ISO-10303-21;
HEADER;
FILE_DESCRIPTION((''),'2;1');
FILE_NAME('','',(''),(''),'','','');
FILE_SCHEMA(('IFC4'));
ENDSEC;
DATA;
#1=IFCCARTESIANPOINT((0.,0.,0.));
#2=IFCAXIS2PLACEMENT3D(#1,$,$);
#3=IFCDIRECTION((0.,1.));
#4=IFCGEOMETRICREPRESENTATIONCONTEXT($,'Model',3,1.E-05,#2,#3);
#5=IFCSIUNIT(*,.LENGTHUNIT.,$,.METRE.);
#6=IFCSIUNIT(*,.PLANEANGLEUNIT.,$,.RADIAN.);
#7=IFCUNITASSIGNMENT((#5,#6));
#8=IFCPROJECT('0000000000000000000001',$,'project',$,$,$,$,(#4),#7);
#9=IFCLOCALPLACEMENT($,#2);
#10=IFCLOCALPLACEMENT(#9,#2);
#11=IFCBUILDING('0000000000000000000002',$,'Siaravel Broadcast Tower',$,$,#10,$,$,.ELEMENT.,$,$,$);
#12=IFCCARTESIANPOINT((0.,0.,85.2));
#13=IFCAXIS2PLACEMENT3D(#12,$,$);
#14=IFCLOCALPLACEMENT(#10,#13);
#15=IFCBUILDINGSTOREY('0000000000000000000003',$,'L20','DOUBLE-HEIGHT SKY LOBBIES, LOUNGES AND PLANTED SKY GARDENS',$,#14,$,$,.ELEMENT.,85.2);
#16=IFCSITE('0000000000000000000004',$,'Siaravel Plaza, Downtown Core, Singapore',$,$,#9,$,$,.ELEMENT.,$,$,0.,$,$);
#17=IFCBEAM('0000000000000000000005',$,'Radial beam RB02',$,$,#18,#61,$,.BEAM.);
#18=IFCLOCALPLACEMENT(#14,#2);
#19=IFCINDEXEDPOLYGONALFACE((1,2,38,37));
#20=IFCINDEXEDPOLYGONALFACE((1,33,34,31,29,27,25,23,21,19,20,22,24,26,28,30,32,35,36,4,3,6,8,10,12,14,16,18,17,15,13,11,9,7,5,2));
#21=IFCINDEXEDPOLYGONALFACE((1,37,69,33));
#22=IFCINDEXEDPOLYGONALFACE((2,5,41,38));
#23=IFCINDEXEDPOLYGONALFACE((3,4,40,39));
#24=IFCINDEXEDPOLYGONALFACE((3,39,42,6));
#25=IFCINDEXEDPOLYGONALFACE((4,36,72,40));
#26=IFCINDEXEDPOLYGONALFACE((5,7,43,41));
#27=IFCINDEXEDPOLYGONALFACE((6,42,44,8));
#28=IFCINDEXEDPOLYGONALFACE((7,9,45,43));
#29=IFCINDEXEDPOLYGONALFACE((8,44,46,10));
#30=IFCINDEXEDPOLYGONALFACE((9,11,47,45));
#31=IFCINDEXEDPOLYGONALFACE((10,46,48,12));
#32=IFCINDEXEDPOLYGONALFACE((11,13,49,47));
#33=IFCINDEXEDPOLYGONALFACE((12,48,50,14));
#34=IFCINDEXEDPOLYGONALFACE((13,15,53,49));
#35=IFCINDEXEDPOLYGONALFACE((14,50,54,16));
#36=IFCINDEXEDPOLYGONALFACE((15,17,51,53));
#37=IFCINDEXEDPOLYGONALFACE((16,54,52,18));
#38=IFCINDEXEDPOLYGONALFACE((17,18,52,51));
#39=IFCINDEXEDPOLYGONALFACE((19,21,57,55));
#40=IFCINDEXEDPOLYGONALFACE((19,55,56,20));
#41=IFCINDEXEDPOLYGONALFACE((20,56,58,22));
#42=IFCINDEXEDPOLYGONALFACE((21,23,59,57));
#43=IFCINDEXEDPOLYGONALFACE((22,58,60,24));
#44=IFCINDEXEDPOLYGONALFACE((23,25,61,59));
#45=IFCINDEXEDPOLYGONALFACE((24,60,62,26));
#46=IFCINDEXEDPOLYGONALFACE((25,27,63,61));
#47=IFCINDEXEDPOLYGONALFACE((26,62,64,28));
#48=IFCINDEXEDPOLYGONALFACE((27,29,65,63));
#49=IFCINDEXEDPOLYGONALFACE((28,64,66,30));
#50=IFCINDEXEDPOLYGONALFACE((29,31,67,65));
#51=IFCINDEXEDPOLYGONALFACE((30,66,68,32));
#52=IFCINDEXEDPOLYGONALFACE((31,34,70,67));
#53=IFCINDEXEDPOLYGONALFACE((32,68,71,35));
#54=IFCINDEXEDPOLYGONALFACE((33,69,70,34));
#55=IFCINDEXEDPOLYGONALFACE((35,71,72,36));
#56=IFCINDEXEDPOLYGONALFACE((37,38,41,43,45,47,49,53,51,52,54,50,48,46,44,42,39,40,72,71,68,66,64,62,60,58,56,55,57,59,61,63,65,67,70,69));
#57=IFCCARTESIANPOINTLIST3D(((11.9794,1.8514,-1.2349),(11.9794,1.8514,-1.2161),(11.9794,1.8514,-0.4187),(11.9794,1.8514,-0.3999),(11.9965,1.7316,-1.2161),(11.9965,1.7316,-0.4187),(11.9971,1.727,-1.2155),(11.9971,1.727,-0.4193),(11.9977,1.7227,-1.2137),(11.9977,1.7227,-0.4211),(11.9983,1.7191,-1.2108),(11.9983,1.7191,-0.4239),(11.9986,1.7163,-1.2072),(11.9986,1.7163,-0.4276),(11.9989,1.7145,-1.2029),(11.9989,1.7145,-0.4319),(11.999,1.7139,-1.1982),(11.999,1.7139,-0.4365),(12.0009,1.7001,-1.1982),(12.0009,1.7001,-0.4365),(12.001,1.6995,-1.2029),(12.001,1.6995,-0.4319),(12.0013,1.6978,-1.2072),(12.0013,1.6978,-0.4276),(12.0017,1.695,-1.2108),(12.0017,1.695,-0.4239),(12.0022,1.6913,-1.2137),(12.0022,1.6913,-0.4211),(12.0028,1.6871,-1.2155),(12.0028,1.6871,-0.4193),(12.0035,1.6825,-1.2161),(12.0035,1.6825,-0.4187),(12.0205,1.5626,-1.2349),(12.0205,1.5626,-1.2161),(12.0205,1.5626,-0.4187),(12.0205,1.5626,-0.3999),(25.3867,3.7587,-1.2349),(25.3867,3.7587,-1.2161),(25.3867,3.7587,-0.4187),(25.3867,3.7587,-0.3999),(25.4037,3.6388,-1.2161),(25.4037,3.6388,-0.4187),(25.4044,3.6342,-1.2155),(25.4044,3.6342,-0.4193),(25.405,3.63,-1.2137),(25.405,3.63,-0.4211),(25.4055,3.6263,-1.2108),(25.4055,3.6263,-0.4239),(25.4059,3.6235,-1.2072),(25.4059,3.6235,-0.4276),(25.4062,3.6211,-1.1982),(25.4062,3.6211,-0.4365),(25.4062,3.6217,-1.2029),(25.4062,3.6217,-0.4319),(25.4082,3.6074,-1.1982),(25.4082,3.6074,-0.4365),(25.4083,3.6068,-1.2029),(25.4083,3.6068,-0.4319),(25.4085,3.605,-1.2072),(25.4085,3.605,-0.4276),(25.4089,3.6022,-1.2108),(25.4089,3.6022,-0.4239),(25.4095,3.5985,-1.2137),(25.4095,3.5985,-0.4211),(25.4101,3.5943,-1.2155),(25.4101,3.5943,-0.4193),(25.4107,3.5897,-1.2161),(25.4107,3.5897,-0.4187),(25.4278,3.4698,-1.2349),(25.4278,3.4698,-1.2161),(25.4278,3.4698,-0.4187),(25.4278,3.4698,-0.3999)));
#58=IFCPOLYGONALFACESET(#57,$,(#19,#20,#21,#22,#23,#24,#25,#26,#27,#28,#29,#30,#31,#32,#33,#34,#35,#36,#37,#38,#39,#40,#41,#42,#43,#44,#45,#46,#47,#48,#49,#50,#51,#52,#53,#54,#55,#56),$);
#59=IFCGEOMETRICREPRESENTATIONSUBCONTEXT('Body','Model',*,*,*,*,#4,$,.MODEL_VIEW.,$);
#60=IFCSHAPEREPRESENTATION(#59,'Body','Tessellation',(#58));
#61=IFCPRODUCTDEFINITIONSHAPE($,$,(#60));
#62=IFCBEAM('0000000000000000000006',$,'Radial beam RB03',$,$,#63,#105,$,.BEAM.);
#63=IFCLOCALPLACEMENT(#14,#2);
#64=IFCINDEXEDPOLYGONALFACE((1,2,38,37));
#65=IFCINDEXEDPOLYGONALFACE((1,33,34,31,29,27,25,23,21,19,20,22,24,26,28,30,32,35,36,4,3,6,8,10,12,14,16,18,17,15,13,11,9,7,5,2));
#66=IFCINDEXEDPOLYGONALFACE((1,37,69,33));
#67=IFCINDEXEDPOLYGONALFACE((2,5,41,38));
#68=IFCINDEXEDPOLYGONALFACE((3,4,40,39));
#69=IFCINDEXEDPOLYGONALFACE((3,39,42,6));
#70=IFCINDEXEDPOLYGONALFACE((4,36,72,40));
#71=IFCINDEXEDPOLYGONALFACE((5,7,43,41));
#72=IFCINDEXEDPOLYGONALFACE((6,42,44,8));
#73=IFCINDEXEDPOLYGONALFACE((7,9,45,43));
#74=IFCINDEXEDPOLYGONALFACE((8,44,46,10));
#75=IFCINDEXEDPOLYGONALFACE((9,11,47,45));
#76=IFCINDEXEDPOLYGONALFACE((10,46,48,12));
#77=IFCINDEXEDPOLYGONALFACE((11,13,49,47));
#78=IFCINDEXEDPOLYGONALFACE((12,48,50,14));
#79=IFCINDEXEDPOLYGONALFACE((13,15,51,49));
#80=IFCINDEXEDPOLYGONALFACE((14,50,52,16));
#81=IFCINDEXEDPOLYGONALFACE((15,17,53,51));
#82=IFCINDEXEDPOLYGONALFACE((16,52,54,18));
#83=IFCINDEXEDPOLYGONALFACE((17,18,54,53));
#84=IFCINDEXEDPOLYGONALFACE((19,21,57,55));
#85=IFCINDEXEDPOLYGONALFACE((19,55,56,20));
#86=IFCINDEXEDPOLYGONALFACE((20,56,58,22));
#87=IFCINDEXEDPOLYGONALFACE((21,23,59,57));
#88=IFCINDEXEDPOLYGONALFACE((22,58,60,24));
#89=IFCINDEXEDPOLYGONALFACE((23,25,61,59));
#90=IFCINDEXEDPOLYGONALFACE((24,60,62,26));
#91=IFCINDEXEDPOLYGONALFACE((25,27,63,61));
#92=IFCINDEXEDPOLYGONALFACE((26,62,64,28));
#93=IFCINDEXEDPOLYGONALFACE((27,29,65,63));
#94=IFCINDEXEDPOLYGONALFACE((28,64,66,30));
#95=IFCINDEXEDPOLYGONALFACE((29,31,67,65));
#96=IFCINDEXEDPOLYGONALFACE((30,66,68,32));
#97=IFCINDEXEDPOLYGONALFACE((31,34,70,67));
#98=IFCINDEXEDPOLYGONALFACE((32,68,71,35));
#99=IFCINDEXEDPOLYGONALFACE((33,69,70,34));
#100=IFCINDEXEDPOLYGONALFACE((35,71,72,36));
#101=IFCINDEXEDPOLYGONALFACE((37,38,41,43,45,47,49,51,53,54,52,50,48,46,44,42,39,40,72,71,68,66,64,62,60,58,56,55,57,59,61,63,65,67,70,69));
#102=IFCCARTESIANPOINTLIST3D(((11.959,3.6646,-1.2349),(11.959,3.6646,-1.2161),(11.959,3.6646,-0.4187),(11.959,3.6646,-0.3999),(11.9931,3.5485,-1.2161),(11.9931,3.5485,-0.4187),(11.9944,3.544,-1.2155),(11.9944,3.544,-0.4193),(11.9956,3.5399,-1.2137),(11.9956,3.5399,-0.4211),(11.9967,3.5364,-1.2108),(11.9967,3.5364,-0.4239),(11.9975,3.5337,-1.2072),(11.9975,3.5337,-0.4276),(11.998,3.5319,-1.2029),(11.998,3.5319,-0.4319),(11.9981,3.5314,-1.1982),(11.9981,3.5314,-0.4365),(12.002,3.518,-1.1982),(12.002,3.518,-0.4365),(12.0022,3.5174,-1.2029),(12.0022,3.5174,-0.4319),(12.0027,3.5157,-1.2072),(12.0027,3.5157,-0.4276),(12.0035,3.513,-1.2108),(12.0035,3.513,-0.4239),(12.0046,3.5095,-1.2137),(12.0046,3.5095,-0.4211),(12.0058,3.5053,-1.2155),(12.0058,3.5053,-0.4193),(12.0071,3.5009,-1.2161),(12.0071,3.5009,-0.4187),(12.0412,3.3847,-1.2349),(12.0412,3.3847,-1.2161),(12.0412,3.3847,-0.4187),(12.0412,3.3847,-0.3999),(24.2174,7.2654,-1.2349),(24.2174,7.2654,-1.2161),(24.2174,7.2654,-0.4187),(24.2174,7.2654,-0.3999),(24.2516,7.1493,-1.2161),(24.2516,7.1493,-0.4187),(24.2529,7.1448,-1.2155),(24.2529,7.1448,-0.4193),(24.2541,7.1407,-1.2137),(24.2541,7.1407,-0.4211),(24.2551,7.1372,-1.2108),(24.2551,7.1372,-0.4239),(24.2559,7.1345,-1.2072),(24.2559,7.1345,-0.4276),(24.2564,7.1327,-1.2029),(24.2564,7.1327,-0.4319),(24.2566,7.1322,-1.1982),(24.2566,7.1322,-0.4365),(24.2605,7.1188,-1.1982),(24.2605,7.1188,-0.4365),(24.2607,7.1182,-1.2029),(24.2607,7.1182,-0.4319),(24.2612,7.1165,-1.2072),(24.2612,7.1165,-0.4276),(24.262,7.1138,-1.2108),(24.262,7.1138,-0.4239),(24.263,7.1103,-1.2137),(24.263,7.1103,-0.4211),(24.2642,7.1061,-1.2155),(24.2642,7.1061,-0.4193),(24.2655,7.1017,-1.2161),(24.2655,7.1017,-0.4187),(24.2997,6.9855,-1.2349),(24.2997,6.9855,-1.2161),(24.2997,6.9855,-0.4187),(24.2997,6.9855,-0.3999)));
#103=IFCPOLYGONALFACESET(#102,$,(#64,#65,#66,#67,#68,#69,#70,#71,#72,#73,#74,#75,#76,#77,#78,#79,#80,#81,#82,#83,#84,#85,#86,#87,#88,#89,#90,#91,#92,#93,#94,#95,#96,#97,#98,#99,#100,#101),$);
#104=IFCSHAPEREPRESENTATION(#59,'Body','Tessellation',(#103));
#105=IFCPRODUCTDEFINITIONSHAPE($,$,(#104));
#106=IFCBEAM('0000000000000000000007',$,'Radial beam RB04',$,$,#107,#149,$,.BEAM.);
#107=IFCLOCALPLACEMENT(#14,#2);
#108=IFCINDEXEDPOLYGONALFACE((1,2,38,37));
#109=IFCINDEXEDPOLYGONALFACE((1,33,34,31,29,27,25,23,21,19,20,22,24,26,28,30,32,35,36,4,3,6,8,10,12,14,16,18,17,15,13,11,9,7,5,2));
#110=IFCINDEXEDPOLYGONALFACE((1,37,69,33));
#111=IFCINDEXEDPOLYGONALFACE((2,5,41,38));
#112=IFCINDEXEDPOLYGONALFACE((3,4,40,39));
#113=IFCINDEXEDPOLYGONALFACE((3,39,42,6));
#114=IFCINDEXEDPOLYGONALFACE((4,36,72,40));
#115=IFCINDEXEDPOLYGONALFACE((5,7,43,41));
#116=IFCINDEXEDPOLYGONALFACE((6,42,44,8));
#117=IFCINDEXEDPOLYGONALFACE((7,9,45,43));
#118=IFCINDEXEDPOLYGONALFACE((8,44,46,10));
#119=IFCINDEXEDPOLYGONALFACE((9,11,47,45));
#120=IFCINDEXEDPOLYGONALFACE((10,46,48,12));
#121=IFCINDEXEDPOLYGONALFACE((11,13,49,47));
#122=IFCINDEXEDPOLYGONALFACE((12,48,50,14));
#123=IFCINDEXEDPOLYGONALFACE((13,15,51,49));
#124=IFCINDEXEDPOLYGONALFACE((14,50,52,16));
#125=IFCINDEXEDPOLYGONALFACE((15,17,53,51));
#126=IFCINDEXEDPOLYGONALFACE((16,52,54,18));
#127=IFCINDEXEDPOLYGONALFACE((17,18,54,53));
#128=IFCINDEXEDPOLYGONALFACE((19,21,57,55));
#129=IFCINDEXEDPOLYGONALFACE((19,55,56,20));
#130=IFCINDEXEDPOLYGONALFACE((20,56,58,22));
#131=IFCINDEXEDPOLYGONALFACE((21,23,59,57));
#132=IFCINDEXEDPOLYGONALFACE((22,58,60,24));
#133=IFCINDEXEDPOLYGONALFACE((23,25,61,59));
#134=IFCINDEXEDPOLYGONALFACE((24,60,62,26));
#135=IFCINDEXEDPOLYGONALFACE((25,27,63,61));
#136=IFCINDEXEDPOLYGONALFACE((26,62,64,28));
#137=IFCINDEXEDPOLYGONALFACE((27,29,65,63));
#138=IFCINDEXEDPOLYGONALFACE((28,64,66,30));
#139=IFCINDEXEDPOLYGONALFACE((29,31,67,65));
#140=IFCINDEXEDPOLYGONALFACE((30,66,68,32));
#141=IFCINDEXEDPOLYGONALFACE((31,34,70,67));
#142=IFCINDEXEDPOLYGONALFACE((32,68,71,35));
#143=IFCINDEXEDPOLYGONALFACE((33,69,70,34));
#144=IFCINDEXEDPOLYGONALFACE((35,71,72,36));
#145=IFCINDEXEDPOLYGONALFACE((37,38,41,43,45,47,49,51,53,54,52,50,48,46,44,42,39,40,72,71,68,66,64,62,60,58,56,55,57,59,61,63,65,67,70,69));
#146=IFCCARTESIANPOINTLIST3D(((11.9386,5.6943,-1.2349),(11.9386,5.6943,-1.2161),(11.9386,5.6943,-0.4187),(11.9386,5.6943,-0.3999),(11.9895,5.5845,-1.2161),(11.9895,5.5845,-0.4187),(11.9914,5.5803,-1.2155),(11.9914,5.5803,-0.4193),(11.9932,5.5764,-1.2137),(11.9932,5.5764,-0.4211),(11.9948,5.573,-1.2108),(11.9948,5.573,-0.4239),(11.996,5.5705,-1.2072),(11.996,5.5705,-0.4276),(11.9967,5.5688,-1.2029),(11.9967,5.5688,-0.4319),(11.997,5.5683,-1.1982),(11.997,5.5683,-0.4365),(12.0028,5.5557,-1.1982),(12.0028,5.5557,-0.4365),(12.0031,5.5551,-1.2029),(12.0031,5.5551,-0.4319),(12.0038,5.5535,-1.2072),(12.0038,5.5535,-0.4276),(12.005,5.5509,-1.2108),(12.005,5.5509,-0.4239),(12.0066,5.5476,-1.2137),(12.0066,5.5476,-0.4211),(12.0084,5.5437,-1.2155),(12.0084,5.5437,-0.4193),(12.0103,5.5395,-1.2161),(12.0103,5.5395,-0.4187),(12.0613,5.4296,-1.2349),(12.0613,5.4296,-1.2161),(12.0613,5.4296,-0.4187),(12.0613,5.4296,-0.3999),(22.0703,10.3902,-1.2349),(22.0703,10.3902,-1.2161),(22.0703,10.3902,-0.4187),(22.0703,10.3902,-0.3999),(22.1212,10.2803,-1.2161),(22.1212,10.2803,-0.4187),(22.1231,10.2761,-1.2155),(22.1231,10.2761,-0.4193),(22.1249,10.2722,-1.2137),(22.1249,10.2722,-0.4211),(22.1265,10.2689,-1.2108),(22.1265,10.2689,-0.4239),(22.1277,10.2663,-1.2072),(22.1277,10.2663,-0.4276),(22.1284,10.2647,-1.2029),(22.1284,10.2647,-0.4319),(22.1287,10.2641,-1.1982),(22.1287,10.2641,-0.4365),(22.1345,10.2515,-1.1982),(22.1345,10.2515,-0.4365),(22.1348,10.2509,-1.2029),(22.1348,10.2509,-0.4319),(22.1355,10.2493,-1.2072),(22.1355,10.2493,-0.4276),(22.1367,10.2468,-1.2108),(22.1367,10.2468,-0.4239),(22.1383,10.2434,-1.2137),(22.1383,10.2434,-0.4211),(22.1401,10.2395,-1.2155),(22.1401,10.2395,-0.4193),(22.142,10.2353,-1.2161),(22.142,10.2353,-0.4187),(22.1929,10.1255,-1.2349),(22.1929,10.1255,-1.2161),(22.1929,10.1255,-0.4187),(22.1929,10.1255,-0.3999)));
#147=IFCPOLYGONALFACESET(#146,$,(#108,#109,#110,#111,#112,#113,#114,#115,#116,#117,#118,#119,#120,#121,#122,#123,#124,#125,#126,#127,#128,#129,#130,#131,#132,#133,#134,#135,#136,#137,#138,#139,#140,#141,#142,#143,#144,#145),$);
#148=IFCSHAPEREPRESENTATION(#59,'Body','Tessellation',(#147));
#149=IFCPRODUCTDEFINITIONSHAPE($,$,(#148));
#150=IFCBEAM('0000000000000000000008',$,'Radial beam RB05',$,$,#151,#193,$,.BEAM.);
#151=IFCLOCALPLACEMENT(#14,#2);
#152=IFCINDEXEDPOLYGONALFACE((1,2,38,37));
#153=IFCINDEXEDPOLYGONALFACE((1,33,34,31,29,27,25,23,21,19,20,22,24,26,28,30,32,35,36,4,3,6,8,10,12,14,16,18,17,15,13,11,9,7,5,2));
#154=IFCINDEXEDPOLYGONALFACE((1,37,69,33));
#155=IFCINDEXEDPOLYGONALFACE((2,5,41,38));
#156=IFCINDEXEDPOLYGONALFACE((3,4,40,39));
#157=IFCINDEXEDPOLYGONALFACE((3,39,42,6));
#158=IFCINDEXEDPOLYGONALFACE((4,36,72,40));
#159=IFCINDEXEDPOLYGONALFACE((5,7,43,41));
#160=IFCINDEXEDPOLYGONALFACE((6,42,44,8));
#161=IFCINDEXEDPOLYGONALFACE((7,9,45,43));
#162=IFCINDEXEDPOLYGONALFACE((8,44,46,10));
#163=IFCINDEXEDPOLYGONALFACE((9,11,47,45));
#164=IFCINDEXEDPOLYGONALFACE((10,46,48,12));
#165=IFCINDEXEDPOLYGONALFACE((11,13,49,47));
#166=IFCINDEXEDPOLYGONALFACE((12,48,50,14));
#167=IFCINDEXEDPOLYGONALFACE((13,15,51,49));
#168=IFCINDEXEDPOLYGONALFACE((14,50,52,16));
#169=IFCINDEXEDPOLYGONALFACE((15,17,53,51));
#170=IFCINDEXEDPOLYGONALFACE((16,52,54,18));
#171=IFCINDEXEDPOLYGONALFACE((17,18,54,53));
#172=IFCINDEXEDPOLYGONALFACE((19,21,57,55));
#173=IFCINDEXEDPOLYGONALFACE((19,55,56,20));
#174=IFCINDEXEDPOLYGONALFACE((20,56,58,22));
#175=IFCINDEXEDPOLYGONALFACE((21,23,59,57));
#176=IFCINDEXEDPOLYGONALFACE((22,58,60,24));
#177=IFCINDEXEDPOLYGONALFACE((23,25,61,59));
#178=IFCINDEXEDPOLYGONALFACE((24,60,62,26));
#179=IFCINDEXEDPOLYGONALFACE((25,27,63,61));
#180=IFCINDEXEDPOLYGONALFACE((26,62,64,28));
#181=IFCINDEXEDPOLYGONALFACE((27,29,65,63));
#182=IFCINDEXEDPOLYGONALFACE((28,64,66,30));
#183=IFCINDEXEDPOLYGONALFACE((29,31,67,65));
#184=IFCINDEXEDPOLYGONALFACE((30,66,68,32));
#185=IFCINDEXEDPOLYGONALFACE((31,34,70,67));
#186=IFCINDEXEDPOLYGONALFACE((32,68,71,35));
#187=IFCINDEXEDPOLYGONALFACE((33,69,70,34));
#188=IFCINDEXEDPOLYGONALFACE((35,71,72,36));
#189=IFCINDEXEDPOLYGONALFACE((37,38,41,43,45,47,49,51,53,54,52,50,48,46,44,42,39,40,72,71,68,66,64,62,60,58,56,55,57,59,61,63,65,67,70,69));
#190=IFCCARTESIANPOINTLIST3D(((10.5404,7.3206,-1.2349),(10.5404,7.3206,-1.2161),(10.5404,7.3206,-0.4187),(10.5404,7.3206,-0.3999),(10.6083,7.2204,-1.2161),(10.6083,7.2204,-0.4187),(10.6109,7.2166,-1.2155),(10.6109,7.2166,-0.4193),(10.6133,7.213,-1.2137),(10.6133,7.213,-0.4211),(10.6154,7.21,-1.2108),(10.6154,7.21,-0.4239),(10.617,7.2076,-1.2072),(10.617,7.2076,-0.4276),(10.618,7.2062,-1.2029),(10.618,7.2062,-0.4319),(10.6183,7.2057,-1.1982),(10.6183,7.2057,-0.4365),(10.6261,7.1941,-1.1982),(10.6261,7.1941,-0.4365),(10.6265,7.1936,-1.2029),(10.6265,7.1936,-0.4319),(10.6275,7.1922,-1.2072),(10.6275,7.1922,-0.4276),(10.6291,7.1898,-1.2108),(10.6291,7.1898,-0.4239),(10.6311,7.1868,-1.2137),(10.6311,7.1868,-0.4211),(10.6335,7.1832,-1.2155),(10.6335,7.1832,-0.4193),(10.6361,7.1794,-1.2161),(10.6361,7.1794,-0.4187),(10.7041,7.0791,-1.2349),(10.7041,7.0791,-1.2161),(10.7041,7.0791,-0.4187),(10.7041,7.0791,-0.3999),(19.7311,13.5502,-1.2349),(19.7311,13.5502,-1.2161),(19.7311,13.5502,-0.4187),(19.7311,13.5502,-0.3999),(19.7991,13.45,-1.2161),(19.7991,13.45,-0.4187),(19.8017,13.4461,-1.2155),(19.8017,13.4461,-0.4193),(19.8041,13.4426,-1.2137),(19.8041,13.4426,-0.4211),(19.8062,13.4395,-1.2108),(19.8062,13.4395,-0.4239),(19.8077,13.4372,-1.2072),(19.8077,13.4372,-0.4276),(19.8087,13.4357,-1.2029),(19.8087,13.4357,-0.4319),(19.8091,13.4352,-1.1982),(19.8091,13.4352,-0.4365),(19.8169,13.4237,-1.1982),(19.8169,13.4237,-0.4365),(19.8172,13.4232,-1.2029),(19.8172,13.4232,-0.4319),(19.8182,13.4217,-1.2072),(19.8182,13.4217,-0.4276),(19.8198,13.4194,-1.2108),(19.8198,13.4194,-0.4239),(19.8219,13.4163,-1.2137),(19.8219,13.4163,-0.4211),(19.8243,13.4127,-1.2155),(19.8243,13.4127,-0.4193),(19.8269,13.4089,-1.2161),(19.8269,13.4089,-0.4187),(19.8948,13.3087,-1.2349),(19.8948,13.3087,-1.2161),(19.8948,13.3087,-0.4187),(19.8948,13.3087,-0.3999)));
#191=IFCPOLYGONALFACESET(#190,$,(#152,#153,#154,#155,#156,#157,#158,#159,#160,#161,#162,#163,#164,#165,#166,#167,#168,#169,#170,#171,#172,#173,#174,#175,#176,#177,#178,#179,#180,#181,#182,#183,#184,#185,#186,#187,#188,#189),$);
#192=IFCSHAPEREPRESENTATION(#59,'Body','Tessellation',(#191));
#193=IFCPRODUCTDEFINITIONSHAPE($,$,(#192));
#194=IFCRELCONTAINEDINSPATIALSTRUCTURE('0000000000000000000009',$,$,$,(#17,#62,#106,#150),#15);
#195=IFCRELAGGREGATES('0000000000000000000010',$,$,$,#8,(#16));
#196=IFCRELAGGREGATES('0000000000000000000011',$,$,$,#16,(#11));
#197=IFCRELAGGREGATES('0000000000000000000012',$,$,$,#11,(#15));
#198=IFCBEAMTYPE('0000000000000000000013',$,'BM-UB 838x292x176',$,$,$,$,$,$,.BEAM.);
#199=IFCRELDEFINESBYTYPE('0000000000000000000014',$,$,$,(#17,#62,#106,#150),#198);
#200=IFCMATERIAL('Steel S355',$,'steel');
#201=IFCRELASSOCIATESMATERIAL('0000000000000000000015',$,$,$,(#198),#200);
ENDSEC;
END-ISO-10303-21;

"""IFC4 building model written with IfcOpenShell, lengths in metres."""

from ifc_helpers import new_model, si_unit, direction, frame, origin, origin_2d, place, context, subcontext, project, spatial, i_section, extrude, material, material_profile, profile_set, type_object, element, save


model = new_model("IFC4")

# Units and contexts
model_context = context("Model", 3, precision=1e-05, world=origin(), true_north=direction((0.0, 1.0)))
body_context = subcontext(model_context, "Body", "Model", "MODEL_VIEW")
ifc_project = project(units=[si_unit("LENGTHUNIT", "METRE"), si_unit("PLANEANGLEUNIT", "RADIAN")], contexts=[model_context])

# Site, building, storey
site_placement = place(None, origin())
site = spatial("IfcSite", under=ifc_project, at=site_placement, Name="Siaravel Plaza, Downtown Core, Singapore", CompositionType="ELEMENT", RefElevation=0.0)
building_placement = place(site_placement, origin())
building = spatial("IfcBuilding", under=site, at=building_placement, Name="Siaravel Broadcast Tower", CompositionType="ELEMENT")
storey_placement = place(building_placement, frame((0.0, 0.0, 85.2)))
storey = spatial("IfcBuildingStorey", under=building, at=storey_placement, Name="L20", Description="DOUBLE-HEIGHT SKY LOBBIES, LOUNGES AND PLANTED SKY GARDENS", CompositionType="ELEMENT", Elevation=85.2)

# Beams
ifc_material_1 = material(Name="Steel S355", Category="steel")
ifc_material_profile_1 = material_profile(ifc_material_1, i_section(OverallWidth=0.2917, OverallDepth=0.835, WebThickness=0.0139, FlangeThickness=0.0188, FilletRadius=0.0178, at=origin_2d()))
ifc_profile_set_1 = profile_set([ifc_material_profile_1], Name="Steel S355")
beam_type = type_object("IfcBeamType", Name="BM-UB 838x292x176", PredefinedType="BEAM", material=ifc_profile_set_1)
beam_1_placement = place(storey_placement, frame((25.4072, 3.6143, -0.8174), z_axis=(-0.990033, -0.140836, 0.0), x_axis=(0.140836, -0.990033, 0.0)))
element("IfcBeam", 1, at=beam_1_placement, inside=storey, type_object=beam_type, Name="Radial beam RB02", PredefinedType="BEAM", context=body_context, shape_type="SweptSolid", body=[
    extrude(i_section(OverallWidth=0.2917, OverallDepth=0.835, WebThickness=0.0139, FlangeThickness=0.0188, FilletRadius=0.0178, at=origin_2d()), origin(), (0.0, 0.0, 1.0), 13.5422),
])
beam_2_placement = place(storey_placement, frame((24.2585, 7.1255, -0.8174), z_axis=(-0.959463, -0.281833, 0.0), x_axis=(0.281833, -0.959463, 0.0)))
element("IfcBeam", 2, at=beam_2_placement, inside=storey, type_object=beam_type, Name="Radial beam RB03", PredefinedType="BEAM", context=body_context, shape_type="SweptSolid", body=[
    extrude(i_section(OverallWidth=0.2917, OverallDepth=0.835, WebThickness=0.0139, FlangeThickness=0.0188, FilletRadius=0.0178, at=origin_2d()), origin(), (0.0, 0.0, 1.0), 12.7764),
])
beam_3_placement = place(storey_placement, frame((22.1316, 10.2578, -0.8174), z_axis=(-0.907288, -0.420511, 0.0), x_axis=(0.420511, -0.907288, 0.0)))
element("IfcBeam", 3, at=beam_3_placement, inside=storey, type_object=beam_type, Name="Radial beam RB04", PredefinedType="BEAM", context=body_context, shape_type="SweptSolid", body=[
    extrude(i_section(OverallWidth=0.2917, OverallDepth=0.835, WebThickness=0.0139, FlangeThickness=0.0188, FilletRadius=0.0178, at=origin_2d()), origin(), (0.0, 0.0, 1.0), 11.167),
])
beam_4_placement = place(storey_placement, frame((19.813, 13.4294, -0.8174), z_axis=(-0.82777, -0.561067, 0.0), x_axis=(0.561067, -0.82777, 0.0)))
element("IfcBeam", 4, at=beam_4_placement, inside=storey, type_object=beam_type, Name="Radial beam RB05", PredefinedType="BEAM", context=body_context, shape_type="SweptSolid", body=[
    extrude(i_section(OverallWidth=0.2917, OverallDepth=0.835, WebThickness=0.0139, FlangeThickness=0.0188, FilletRadius=0.0178, at=origin_2d()), origin(), (0.0, 0.0, 1.0), 11.103),
])

save(model, "model.ifc")
